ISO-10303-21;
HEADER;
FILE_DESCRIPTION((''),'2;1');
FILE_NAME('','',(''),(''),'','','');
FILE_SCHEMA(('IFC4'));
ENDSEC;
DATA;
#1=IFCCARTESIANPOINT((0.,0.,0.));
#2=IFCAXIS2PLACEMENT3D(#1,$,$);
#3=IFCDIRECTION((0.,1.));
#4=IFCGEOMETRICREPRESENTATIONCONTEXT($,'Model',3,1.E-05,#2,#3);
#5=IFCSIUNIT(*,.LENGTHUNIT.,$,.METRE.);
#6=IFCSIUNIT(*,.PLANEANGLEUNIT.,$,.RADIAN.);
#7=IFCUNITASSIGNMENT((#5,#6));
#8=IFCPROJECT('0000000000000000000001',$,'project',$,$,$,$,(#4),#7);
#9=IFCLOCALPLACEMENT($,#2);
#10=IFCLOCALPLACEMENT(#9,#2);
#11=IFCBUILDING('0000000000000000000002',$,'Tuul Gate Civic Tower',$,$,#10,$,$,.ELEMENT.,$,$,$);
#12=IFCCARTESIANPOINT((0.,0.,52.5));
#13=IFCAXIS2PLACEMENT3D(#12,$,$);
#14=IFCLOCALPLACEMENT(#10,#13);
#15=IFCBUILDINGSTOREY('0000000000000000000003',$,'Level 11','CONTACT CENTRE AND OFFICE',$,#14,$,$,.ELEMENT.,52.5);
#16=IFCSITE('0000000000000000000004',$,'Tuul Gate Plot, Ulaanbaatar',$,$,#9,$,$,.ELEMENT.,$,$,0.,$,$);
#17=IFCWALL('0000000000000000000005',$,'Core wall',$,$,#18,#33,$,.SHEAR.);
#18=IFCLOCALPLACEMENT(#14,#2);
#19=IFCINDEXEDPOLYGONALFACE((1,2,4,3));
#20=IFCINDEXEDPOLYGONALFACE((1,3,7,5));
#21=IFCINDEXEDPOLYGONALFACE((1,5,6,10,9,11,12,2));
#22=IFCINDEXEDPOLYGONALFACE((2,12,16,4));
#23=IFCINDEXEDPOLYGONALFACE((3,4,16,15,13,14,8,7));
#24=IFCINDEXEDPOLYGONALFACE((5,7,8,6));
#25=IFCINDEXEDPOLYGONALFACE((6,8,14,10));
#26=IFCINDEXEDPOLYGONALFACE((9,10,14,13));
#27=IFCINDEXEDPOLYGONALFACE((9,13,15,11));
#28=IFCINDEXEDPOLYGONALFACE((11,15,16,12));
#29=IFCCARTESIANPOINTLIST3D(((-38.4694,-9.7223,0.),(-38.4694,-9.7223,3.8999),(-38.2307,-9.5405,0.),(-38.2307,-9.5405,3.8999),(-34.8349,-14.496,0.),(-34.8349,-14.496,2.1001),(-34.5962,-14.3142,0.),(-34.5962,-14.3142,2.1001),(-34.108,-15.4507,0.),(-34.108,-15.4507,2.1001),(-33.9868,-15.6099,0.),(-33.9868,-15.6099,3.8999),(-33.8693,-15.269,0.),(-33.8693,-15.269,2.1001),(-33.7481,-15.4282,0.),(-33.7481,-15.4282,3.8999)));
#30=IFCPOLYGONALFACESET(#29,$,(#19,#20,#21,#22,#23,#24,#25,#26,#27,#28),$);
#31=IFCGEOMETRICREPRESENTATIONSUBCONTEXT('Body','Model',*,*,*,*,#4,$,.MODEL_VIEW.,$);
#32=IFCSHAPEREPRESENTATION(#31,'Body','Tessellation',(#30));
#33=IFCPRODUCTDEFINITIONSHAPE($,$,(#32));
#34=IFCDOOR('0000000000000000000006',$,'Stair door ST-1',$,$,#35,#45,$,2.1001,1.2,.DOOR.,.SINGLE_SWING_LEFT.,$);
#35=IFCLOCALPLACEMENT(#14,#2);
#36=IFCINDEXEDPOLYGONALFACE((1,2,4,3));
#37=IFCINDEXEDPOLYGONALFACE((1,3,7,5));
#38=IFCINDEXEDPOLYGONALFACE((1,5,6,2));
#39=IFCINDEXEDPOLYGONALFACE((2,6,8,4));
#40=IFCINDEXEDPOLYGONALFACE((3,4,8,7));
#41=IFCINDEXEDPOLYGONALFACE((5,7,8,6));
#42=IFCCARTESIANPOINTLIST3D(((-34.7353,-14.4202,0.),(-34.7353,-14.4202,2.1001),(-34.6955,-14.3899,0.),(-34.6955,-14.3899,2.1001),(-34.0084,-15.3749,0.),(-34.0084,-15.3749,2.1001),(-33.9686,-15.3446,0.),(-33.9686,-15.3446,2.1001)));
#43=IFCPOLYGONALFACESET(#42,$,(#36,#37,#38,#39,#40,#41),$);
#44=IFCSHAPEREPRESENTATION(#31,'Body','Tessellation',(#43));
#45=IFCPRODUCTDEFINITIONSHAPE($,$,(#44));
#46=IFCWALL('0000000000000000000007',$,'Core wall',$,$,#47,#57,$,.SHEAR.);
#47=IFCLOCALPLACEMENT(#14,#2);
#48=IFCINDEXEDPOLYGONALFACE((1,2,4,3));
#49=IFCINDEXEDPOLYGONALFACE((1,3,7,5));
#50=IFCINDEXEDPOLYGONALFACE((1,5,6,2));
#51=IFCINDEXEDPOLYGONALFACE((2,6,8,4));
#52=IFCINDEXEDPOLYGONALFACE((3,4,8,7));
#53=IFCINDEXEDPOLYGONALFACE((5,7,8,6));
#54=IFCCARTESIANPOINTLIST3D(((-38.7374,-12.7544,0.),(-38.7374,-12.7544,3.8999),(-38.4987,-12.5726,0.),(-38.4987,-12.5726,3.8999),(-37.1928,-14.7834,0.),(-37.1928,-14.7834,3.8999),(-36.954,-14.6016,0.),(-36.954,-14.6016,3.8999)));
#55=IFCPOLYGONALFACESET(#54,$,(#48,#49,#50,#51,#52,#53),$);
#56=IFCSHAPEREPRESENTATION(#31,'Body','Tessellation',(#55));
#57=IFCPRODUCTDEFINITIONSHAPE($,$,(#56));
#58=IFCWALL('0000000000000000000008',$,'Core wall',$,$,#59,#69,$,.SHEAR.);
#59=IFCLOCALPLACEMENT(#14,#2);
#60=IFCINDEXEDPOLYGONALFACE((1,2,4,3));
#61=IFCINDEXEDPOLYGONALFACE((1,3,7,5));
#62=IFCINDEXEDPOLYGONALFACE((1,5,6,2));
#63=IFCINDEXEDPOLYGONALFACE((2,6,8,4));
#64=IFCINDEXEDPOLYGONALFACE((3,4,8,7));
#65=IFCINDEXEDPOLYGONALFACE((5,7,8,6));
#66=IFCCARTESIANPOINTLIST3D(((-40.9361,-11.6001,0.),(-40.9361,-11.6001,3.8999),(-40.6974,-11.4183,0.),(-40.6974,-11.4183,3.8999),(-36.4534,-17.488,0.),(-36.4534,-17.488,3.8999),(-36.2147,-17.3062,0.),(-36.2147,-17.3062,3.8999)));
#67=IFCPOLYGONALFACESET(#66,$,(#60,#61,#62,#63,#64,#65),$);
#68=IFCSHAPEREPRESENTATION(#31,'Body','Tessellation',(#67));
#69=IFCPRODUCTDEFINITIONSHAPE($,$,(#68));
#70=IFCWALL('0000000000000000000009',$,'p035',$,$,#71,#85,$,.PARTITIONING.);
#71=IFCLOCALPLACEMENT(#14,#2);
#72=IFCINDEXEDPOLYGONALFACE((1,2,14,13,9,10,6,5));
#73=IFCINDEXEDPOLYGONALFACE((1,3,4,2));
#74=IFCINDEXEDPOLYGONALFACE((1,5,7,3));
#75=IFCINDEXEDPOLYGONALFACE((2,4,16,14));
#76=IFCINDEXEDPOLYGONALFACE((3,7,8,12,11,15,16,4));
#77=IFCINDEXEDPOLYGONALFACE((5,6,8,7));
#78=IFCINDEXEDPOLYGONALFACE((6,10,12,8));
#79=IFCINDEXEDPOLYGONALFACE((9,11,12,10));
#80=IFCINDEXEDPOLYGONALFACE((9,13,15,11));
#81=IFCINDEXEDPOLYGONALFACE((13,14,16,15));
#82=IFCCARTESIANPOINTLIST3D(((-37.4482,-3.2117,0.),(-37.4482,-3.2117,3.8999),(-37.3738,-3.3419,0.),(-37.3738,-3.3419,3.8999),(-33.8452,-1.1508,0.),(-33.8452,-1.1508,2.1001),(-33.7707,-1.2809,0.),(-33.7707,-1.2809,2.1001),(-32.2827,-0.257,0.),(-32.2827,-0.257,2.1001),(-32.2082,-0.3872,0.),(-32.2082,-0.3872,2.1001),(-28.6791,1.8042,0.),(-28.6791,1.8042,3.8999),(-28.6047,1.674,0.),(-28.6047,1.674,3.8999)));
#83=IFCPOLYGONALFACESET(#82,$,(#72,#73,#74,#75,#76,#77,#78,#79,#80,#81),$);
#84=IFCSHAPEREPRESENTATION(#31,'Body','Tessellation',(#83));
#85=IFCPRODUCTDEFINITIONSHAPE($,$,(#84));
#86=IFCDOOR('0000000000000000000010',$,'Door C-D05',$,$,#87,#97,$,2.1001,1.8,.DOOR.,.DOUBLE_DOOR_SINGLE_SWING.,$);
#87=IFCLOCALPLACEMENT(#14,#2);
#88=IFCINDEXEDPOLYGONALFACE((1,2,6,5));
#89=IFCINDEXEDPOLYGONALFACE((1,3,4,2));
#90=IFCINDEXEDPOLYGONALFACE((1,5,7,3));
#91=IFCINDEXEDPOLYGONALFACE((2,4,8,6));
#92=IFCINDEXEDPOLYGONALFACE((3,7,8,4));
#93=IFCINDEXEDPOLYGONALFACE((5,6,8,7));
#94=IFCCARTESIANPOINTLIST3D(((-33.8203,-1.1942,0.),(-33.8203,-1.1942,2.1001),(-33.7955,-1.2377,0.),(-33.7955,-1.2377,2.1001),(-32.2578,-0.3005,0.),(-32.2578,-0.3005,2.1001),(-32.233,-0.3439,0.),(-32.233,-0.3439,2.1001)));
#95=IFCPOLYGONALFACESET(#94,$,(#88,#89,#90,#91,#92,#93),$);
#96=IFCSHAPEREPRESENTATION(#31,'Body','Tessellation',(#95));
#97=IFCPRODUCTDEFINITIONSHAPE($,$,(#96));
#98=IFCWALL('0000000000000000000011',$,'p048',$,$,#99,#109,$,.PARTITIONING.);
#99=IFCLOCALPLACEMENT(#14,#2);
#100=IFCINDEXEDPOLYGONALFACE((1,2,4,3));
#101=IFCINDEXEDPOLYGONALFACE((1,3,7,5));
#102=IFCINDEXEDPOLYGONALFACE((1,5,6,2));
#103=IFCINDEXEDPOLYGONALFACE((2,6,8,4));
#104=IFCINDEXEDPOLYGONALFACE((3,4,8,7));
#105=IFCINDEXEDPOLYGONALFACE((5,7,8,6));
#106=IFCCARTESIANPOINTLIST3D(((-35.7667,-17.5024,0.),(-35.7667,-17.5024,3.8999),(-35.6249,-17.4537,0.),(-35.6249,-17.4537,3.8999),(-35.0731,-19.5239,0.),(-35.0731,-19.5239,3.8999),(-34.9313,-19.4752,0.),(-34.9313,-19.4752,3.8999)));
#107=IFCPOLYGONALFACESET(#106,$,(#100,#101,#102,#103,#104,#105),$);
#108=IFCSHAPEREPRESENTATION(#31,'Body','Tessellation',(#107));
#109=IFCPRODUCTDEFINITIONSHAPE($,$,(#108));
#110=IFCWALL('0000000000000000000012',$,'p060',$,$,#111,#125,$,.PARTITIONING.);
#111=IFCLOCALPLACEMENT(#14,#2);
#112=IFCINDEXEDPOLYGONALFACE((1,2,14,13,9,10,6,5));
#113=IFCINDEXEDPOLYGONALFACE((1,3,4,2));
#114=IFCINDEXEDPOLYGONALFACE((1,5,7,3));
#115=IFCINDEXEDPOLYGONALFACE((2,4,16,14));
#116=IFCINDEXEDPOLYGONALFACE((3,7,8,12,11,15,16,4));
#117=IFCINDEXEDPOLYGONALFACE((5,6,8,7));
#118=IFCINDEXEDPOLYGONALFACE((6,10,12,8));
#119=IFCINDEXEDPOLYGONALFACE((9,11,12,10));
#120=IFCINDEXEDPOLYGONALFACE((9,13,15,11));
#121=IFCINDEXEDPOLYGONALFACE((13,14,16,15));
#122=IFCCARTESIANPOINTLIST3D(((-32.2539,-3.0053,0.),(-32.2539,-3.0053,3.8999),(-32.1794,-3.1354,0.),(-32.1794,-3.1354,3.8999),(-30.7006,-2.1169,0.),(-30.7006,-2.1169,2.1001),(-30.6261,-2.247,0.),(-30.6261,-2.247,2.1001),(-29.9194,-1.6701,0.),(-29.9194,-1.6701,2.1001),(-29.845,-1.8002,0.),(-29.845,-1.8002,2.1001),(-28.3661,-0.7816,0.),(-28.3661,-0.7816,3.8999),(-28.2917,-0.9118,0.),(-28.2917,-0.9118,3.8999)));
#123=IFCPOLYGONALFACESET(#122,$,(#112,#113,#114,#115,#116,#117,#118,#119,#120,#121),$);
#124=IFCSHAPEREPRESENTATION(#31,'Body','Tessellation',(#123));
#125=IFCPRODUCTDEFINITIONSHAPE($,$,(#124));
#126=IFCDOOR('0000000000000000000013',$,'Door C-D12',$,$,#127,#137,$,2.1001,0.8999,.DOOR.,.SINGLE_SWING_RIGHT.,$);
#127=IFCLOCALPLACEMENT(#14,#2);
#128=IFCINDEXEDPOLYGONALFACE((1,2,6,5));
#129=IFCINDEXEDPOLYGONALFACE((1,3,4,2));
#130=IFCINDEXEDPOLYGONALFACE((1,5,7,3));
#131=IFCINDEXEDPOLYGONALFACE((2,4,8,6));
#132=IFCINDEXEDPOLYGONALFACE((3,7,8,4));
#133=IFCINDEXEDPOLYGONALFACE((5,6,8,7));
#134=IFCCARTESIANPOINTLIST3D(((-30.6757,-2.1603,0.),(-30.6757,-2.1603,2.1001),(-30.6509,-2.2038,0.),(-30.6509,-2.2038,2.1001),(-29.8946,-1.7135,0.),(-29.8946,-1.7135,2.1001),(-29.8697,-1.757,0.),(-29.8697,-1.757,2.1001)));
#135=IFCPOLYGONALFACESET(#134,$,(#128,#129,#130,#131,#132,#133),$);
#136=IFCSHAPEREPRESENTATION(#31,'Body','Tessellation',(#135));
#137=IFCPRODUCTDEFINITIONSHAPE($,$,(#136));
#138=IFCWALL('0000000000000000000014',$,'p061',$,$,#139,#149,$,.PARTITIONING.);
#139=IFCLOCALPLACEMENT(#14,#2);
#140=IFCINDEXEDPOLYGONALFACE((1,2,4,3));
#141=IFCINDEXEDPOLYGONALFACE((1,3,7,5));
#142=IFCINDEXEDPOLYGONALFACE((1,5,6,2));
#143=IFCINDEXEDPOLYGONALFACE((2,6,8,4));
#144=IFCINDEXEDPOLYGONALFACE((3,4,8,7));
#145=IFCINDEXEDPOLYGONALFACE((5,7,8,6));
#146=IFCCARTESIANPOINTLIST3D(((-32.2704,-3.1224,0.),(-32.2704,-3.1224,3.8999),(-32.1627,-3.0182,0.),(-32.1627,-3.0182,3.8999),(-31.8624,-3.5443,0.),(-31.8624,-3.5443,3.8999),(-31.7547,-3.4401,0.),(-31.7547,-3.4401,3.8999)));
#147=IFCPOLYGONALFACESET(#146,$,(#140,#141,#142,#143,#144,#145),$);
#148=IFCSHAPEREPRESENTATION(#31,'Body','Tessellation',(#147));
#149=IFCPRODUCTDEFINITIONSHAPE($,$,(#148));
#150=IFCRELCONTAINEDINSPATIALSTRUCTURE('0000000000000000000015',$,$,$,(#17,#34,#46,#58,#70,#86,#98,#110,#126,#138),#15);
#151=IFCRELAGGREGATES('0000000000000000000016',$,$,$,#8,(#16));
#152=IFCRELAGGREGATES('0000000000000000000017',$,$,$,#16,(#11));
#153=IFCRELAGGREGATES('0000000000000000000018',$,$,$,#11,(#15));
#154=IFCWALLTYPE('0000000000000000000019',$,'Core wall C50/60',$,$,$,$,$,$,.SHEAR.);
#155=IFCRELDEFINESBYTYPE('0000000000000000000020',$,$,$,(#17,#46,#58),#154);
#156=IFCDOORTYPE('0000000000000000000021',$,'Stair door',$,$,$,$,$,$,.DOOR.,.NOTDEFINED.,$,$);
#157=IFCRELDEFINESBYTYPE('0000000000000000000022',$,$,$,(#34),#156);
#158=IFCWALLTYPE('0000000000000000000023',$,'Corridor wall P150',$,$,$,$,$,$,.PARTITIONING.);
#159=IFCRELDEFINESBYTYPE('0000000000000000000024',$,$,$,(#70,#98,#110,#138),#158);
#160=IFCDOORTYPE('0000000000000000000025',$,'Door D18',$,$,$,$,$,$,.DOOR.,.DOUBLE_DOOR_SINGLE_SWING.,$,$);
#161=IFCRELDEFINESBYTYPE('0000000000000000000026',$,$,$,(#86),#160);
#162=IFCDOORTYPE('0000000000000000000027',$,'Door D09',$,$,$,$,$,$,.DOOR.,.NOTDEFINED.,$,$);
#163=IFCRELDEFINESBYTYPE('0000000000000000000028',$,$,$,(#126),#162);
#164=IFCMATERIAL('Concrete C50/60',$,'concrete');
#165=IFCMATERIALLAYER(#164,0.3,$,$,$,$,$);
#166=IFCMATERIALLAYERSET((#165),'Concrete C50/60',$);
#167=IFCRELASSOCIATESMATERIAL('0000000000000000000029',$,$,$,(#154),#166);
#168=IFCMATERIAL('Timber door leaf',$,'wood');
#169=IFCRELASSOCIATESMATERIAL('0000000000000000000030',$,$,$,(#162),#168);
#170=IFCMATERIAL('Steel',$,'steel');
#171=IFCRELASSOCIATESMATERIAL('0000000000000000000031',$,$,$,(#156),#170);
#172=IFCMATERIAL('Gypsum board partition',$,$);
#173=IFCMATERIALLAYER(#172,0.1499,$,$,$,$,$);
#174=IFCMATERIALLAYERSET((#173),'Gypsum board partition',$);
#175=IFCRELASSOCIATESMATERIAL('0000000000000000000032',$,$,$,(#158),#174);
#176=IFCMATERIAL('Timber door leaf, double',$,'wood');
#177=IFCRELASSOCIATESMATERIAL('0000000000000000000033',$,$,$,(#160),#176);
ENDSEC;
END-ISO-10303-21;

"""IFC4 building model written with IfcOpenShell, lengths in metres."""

from ifc_helpers import new_model, si_unit, direction, frame, frame_2d, origin, place, context, subcontext, project, spatial, rectangle, extrude, material, layer, layer_set, type_object, element, fill, save


model = new_model("IFC4")

# Units and contexts
model_context = context("Model", 3, precision=1e-05, world=origin(), true_north=direction((0.0, 1.0)))
body_context = subcontext(model_context, "Body", "Model", "MODEL_VIEW")
ifc_project = project(units=[si_unit("LENGTHUNIT", "METRE"), si_unit("PLANEANGLEUNIT", "RADIAN")], contexts=[model_context])

# Site, building, storey
site_placement = place(None, origin())
site = spatial("IfcSite", under=ifc_project, at=site_placement, Name="Tuul Gate Plot, Ulaanbaatar", CompositionType="ELEMENT", RefElevation=0.0)
building_placement = place(site_placement, origin())
building = spatial("IfcBuilding", under=site, at=building_placement, Name="Tuul Gate Civic Tower", CompositionType="ELEMENT")
storey_placement = place(building_placement, frame((0.0, 0.0, 52.5)))
storey = spatial("IfcBuildingStorey", under=building, at=storey_placement, Name="Level 11", Description="CONTACT CENTRE AND OFFICE", CompositionType="ELEMENT", Elevation=52.5)

# Shared definitions
ifc_material_1 = material(Name="Concrete C50/60", Category="concrete")
ifc_layer_1 = layer(ifc_material_1, 0.3)
ifc_layer_set_1 = layer_set([ifc_layer_1], Name="Concrete C50/60")
wall_type_1 = type_object("IfcWallType", Name="Core wall C50/60", PredefinedType="SHEAR", material=ifc_layer_set_1)

# Wall, opening, door
ifc_material_2 = material(Name="Timber door leaf", Category="wood")
door_type_1 = type_object("IfcDoorType", Name="Door D09", OperationType="NOTDEFINED", PredefinedType="DOOR", material=ifc_material_2)
wall_1_placement = place(storey_placement, frame((-33.8674, -15.519, 0.0), z_axis=(0.0, 0.0, 1.0), x_axis=(-0.60577, 0.79564, 0.0)))
wall_1 = element("IfcWall", 1, at=wall_1_placement, inside=storey, type_object=wall_type_1, Name="Core wall", PredefinedType="SHEAR", context=body_context, shape_type="SweptSolid", body=[
    extrude(rectangle(XDim=7.3999, YDim=0.3, at=frame_2d((3.7, 0.0))), origin(), (0.0, 0.0, 1.0), 3.8999),
])
opening_1_placement = place(wall_1_placement, frame((0.2, 0.0, 0.0)))
opening_1 = element("IfcOpeningElement", 2, at=opening_1_placement, cuts=wall_1, PredefinedType="OPENING", context=body_context, shape_type="SweptSolid", body=[
    extrude(rectangle(XDim=1.2, YDim=2.1001, at=frame_2d((0.6001, 1.05))), frame((0.0, 0.1602, 0.0), z_axis=(0.0, -1.0, 0.0), x_axis=(1.0, 0.0, 0.0)), (0.0, 0.0, 1.0), 0.3201),
])
ifc_material_3 = material(Name="Steel", Category="steel")
door_type_2 = type_object("IfcDoorType", Name="Stair door", OperationType="NOTDEFINED", PredefinedType="DOOR", material=ifc_material_3)
door_1_placement = place(opening_1_placement, origin())
door_1 = element("IfcDoor", 3, at=door_1_placement, inside=storey, type_object=door_type_2, Name="Stair door ST-1", OperationType="SINGLE_SWING_LEFT", OverallHeight=2.1001, OverallWidth=1.2, PredefinedType="DOOR", context=body_context, shape_type="SweptSolid", body=[
    extrude(rectangle(XDim=1.2, YDim=2.1001, at=frame_2d((0.6001, 1.05))), frame((0.0, 0.0249, 0.0), z_axis=(0.0, -1.0, 0.0), x_axis=(1.0, 0.0, 0.0)), (0.0, 0.0, 1.0), 0.05),
])
fill(opening_1, door_1)

# Walls
wall_2_placement = place(storey_placement, frame((-37.0735, -14.6924, 0.0), z_axis=(0.0, 0.0, 1.0), x_axis=(-0.605729, 0.795671, 0.0)))
element("IfcWall", 4, at=wall_2_placement, inside=storey, type_object=wall_type_1, Name="Core wall", PredefinedType="SHEAR", context=body_context, shape_type="SweptSolid", body=[
    extrude(rectangle(XDim=2.55, YDim=0.3, at=frame_2d((1.2749, 0.0))), origin(), (0.0, 0.0, 1.0), 3.8999),
])
wall_3_placement = place(storey_placement, frame((-36.334, -17.3972, 0.0), z_axis=(0.0, 0.0, 1.0), x_axis=(-0.605754, 0.795652, 0.0)))
element("IfcWall", 5, at=wall_3_placement, inside=storey, type_object=wall_type_1, Name="Core wall", PredefinedType="SHEAR", context=body_context, shape_type="SweptSolid", body=[
    extrude(rectangle(XDim=7.4001, YDim=0.3, at=frame_2d((3.7002, 0.0))), origin(), (0.0, 0.0, 1.0), 3.8999),
])

# Wall, opening, door
ifc_material_4 = material(Name="Gypsum board partition")
ifc_layer_2 = layer(ifc_material_4, 0.1499)
ifc_layer_set_2 = layer_set([ifc_layer_2], Name="Gypsum board partition")
wall_type_2 = type_object("IfcWallType", Name="Corridor wall P150", PredefinedType="PARTITIONING", material=ifc_layer_set_2)
wall_4_placement = place(storey_placement, frame((-37.4111, -3.2769, 0.0), z_axis=(0.0, 0.0, 1.0), x_axis=(0.86803, 0.496511, 0.0)))
wall_4 = element("IfcWall", 6, at=wall_4_placement, inside=storey, type_object=wall_type_2, Name="p035", PredefinedType="PARTITIONING", context=body_context, shape_type="SweptSolid", body=[
    extrude(rectangle(XDim=10.1023, YDim=0.1499, at=frame_2d((5.0513, 0.0))), origin(), (0.0, 0.0, 1.0), 3.8999),
])
opening_2_placement = place(wall_4_placement, frame((4.1511, 0.0, 0.0)))
opening_2 = element("IfcOpeningElement", 7, at=opening_2_placement, cuts=wall_4, PredefinedType="OPENING", context=body_context, shape_type="SweptSolid", body=[
    extrude(rectangle(XDim=1.8, YDim=2.1001, at=frame_2d((0.8999, 1.05))), frame((0.0, 0.085, 0.0), z_axis=(0.0, -1.0, 0.0), x_axis=(1.0, 0.0, 0.0)), (0.0, 0.0, 1.0), 0.1699),
])
ifc_material_5 = material(Name="Timber door leaf, double", Category="wood")
door_type_3 = type_object("IfcDoorType", Name="Door D18", OperationType="DOUBLE_DOOR_SINGLE_SWING", PredefinedType="DOOR", material=ifc_material_5)
door_2_placement = place(opening_2_placement, origin())
door_2 = element("IfcDoor", 8, at=door_2_placement, inside=storey, type_object=door_type_3, Name="Door C-D05", OperationType="DOUBLE_DOOR_SINGLE_SWING", OverallHeight=2.1001, OverallWidth=1.8, PredefinedType="DOOR", context=body_context, shape_type="SweptSolid", body=[
    extrude(rectangle(XDim=1.8, YDim=2.1001, at=frame_2d((0.8999, 1.05))), frame((0.0, 0.0249, 0.0), z_axis=(0.0, -1.0, 0.0), x_axis=(1.0, 0.0, 0.0)), (0.0, 0.0, 1.0), 0.05),
])
fill(opening_2, door_2)

# Wall
wall_5_placement = place(storey_placement, frame((-35.6958, -17.478, 0.0), z_axis=(0.0, 0.0, 1.0), x_axis=(0.324543, -0.945871, 0.0)))
element("IfcWall", 9, at=wall_5_placement, inside=storey, type_object=wall_type_2, Name="p048", PredefinedType="PARTITIONING", context=body_context, shape_type="SweptSolid", body=[
    extrude(rectangle(XDim=2.1372, YDim=0.1499, at=frame_2d((1.0686, 0.0))), origin(), (0.0, 0.0, 1.0), 3.8999),
])

# Wall, opening, door
wall_6_placement = place(storey_placement, frame((-32.2166, -3.0703, 0.0), z_axis=(0.0, 0.0, 1.0), x_axis=(0.868042, 0.496491, 0.0)))
wall_6 = element("IfcWall", 10, at=wall_6_placement, inside=storey, type_object=wall_type_2, Name="p060", PredefinedType="PARTITIONING", context=body_context, shape_type="SweptSolid", body=[
    extrude(rectangle(XDim=4.4788, YDim=0.1499, at=frame_2d((2.2393, 0.0))), origin(), (0.0, 0.0, 1.0), 3.8999),
])
opening_3_placement = place(wall_6_placement, frame((1.7893, 0.0, 0.0)))
opening_3 = element("IfcOpeningElement", 11, at=opening_3_placement, cuts=wall_6, PredefinedType="OPENING", context=body_context, shape_type="SweptSolid", body=[
    extrude(rectangle(XDim=0.8999, YDim=2.1001, at=frame_2d((0.45, 1.05))), frame((0.0, 0.085, 0.0), z_axis=(0.0, -1.0, 0.0), x_axis=(1.0, 0.0, 0.0)), (0.0, 0.0, 1.0), 0.1699),
])
door_3_placement = place(opening_3_placement, origin())
door_3 = element("IfcDoor", 12, at=door_3_placement, inside=storey, type_object=door_type_1, Name="Door C-D12", OperationType="SINGLE_SWING_RIGHT", OverallHeight=2.1001, OverallWidth=0.8999, PredefinedType="DOOR", context=body_context, shape_type="SweptSolid", body=[
    extrude(rectangle(XDim=0.8999, YDim=2.1001, at=frame_2d((0.45, 1.05))), frame((0.0, 0.0249, 0.0), z_axis=(0.0, -1.0, 0.0), x_axis=(1.0, 0.0, 0.0)), (0.0, 0.0, 1.0), 0.05),
])
fill(opening_3, door_3)

# Wall
wall_7_placement = place(storey_placement, frame((-32.2166, -3.0703, 0.0), z_axis=(0.0, 0.0, 1.0), x_axis=(0.695151, -0.718864, 0.0)))
element("IfcWall", 13, at=wall_7_placement, inside=storey, type_object=wall_type_2, Name="p061", PredefinedType="PARTITIONING", context=body_context, shape_type="SweptSolid", body=[
    extrude(rectangle(XDim=0.5869, YDim=0.1499, at=frame_2d((0.2935, 0.0))), origin(), (0.0, 0.0, 1.0), 3.8999),
])

save(model, "model.ifc")
